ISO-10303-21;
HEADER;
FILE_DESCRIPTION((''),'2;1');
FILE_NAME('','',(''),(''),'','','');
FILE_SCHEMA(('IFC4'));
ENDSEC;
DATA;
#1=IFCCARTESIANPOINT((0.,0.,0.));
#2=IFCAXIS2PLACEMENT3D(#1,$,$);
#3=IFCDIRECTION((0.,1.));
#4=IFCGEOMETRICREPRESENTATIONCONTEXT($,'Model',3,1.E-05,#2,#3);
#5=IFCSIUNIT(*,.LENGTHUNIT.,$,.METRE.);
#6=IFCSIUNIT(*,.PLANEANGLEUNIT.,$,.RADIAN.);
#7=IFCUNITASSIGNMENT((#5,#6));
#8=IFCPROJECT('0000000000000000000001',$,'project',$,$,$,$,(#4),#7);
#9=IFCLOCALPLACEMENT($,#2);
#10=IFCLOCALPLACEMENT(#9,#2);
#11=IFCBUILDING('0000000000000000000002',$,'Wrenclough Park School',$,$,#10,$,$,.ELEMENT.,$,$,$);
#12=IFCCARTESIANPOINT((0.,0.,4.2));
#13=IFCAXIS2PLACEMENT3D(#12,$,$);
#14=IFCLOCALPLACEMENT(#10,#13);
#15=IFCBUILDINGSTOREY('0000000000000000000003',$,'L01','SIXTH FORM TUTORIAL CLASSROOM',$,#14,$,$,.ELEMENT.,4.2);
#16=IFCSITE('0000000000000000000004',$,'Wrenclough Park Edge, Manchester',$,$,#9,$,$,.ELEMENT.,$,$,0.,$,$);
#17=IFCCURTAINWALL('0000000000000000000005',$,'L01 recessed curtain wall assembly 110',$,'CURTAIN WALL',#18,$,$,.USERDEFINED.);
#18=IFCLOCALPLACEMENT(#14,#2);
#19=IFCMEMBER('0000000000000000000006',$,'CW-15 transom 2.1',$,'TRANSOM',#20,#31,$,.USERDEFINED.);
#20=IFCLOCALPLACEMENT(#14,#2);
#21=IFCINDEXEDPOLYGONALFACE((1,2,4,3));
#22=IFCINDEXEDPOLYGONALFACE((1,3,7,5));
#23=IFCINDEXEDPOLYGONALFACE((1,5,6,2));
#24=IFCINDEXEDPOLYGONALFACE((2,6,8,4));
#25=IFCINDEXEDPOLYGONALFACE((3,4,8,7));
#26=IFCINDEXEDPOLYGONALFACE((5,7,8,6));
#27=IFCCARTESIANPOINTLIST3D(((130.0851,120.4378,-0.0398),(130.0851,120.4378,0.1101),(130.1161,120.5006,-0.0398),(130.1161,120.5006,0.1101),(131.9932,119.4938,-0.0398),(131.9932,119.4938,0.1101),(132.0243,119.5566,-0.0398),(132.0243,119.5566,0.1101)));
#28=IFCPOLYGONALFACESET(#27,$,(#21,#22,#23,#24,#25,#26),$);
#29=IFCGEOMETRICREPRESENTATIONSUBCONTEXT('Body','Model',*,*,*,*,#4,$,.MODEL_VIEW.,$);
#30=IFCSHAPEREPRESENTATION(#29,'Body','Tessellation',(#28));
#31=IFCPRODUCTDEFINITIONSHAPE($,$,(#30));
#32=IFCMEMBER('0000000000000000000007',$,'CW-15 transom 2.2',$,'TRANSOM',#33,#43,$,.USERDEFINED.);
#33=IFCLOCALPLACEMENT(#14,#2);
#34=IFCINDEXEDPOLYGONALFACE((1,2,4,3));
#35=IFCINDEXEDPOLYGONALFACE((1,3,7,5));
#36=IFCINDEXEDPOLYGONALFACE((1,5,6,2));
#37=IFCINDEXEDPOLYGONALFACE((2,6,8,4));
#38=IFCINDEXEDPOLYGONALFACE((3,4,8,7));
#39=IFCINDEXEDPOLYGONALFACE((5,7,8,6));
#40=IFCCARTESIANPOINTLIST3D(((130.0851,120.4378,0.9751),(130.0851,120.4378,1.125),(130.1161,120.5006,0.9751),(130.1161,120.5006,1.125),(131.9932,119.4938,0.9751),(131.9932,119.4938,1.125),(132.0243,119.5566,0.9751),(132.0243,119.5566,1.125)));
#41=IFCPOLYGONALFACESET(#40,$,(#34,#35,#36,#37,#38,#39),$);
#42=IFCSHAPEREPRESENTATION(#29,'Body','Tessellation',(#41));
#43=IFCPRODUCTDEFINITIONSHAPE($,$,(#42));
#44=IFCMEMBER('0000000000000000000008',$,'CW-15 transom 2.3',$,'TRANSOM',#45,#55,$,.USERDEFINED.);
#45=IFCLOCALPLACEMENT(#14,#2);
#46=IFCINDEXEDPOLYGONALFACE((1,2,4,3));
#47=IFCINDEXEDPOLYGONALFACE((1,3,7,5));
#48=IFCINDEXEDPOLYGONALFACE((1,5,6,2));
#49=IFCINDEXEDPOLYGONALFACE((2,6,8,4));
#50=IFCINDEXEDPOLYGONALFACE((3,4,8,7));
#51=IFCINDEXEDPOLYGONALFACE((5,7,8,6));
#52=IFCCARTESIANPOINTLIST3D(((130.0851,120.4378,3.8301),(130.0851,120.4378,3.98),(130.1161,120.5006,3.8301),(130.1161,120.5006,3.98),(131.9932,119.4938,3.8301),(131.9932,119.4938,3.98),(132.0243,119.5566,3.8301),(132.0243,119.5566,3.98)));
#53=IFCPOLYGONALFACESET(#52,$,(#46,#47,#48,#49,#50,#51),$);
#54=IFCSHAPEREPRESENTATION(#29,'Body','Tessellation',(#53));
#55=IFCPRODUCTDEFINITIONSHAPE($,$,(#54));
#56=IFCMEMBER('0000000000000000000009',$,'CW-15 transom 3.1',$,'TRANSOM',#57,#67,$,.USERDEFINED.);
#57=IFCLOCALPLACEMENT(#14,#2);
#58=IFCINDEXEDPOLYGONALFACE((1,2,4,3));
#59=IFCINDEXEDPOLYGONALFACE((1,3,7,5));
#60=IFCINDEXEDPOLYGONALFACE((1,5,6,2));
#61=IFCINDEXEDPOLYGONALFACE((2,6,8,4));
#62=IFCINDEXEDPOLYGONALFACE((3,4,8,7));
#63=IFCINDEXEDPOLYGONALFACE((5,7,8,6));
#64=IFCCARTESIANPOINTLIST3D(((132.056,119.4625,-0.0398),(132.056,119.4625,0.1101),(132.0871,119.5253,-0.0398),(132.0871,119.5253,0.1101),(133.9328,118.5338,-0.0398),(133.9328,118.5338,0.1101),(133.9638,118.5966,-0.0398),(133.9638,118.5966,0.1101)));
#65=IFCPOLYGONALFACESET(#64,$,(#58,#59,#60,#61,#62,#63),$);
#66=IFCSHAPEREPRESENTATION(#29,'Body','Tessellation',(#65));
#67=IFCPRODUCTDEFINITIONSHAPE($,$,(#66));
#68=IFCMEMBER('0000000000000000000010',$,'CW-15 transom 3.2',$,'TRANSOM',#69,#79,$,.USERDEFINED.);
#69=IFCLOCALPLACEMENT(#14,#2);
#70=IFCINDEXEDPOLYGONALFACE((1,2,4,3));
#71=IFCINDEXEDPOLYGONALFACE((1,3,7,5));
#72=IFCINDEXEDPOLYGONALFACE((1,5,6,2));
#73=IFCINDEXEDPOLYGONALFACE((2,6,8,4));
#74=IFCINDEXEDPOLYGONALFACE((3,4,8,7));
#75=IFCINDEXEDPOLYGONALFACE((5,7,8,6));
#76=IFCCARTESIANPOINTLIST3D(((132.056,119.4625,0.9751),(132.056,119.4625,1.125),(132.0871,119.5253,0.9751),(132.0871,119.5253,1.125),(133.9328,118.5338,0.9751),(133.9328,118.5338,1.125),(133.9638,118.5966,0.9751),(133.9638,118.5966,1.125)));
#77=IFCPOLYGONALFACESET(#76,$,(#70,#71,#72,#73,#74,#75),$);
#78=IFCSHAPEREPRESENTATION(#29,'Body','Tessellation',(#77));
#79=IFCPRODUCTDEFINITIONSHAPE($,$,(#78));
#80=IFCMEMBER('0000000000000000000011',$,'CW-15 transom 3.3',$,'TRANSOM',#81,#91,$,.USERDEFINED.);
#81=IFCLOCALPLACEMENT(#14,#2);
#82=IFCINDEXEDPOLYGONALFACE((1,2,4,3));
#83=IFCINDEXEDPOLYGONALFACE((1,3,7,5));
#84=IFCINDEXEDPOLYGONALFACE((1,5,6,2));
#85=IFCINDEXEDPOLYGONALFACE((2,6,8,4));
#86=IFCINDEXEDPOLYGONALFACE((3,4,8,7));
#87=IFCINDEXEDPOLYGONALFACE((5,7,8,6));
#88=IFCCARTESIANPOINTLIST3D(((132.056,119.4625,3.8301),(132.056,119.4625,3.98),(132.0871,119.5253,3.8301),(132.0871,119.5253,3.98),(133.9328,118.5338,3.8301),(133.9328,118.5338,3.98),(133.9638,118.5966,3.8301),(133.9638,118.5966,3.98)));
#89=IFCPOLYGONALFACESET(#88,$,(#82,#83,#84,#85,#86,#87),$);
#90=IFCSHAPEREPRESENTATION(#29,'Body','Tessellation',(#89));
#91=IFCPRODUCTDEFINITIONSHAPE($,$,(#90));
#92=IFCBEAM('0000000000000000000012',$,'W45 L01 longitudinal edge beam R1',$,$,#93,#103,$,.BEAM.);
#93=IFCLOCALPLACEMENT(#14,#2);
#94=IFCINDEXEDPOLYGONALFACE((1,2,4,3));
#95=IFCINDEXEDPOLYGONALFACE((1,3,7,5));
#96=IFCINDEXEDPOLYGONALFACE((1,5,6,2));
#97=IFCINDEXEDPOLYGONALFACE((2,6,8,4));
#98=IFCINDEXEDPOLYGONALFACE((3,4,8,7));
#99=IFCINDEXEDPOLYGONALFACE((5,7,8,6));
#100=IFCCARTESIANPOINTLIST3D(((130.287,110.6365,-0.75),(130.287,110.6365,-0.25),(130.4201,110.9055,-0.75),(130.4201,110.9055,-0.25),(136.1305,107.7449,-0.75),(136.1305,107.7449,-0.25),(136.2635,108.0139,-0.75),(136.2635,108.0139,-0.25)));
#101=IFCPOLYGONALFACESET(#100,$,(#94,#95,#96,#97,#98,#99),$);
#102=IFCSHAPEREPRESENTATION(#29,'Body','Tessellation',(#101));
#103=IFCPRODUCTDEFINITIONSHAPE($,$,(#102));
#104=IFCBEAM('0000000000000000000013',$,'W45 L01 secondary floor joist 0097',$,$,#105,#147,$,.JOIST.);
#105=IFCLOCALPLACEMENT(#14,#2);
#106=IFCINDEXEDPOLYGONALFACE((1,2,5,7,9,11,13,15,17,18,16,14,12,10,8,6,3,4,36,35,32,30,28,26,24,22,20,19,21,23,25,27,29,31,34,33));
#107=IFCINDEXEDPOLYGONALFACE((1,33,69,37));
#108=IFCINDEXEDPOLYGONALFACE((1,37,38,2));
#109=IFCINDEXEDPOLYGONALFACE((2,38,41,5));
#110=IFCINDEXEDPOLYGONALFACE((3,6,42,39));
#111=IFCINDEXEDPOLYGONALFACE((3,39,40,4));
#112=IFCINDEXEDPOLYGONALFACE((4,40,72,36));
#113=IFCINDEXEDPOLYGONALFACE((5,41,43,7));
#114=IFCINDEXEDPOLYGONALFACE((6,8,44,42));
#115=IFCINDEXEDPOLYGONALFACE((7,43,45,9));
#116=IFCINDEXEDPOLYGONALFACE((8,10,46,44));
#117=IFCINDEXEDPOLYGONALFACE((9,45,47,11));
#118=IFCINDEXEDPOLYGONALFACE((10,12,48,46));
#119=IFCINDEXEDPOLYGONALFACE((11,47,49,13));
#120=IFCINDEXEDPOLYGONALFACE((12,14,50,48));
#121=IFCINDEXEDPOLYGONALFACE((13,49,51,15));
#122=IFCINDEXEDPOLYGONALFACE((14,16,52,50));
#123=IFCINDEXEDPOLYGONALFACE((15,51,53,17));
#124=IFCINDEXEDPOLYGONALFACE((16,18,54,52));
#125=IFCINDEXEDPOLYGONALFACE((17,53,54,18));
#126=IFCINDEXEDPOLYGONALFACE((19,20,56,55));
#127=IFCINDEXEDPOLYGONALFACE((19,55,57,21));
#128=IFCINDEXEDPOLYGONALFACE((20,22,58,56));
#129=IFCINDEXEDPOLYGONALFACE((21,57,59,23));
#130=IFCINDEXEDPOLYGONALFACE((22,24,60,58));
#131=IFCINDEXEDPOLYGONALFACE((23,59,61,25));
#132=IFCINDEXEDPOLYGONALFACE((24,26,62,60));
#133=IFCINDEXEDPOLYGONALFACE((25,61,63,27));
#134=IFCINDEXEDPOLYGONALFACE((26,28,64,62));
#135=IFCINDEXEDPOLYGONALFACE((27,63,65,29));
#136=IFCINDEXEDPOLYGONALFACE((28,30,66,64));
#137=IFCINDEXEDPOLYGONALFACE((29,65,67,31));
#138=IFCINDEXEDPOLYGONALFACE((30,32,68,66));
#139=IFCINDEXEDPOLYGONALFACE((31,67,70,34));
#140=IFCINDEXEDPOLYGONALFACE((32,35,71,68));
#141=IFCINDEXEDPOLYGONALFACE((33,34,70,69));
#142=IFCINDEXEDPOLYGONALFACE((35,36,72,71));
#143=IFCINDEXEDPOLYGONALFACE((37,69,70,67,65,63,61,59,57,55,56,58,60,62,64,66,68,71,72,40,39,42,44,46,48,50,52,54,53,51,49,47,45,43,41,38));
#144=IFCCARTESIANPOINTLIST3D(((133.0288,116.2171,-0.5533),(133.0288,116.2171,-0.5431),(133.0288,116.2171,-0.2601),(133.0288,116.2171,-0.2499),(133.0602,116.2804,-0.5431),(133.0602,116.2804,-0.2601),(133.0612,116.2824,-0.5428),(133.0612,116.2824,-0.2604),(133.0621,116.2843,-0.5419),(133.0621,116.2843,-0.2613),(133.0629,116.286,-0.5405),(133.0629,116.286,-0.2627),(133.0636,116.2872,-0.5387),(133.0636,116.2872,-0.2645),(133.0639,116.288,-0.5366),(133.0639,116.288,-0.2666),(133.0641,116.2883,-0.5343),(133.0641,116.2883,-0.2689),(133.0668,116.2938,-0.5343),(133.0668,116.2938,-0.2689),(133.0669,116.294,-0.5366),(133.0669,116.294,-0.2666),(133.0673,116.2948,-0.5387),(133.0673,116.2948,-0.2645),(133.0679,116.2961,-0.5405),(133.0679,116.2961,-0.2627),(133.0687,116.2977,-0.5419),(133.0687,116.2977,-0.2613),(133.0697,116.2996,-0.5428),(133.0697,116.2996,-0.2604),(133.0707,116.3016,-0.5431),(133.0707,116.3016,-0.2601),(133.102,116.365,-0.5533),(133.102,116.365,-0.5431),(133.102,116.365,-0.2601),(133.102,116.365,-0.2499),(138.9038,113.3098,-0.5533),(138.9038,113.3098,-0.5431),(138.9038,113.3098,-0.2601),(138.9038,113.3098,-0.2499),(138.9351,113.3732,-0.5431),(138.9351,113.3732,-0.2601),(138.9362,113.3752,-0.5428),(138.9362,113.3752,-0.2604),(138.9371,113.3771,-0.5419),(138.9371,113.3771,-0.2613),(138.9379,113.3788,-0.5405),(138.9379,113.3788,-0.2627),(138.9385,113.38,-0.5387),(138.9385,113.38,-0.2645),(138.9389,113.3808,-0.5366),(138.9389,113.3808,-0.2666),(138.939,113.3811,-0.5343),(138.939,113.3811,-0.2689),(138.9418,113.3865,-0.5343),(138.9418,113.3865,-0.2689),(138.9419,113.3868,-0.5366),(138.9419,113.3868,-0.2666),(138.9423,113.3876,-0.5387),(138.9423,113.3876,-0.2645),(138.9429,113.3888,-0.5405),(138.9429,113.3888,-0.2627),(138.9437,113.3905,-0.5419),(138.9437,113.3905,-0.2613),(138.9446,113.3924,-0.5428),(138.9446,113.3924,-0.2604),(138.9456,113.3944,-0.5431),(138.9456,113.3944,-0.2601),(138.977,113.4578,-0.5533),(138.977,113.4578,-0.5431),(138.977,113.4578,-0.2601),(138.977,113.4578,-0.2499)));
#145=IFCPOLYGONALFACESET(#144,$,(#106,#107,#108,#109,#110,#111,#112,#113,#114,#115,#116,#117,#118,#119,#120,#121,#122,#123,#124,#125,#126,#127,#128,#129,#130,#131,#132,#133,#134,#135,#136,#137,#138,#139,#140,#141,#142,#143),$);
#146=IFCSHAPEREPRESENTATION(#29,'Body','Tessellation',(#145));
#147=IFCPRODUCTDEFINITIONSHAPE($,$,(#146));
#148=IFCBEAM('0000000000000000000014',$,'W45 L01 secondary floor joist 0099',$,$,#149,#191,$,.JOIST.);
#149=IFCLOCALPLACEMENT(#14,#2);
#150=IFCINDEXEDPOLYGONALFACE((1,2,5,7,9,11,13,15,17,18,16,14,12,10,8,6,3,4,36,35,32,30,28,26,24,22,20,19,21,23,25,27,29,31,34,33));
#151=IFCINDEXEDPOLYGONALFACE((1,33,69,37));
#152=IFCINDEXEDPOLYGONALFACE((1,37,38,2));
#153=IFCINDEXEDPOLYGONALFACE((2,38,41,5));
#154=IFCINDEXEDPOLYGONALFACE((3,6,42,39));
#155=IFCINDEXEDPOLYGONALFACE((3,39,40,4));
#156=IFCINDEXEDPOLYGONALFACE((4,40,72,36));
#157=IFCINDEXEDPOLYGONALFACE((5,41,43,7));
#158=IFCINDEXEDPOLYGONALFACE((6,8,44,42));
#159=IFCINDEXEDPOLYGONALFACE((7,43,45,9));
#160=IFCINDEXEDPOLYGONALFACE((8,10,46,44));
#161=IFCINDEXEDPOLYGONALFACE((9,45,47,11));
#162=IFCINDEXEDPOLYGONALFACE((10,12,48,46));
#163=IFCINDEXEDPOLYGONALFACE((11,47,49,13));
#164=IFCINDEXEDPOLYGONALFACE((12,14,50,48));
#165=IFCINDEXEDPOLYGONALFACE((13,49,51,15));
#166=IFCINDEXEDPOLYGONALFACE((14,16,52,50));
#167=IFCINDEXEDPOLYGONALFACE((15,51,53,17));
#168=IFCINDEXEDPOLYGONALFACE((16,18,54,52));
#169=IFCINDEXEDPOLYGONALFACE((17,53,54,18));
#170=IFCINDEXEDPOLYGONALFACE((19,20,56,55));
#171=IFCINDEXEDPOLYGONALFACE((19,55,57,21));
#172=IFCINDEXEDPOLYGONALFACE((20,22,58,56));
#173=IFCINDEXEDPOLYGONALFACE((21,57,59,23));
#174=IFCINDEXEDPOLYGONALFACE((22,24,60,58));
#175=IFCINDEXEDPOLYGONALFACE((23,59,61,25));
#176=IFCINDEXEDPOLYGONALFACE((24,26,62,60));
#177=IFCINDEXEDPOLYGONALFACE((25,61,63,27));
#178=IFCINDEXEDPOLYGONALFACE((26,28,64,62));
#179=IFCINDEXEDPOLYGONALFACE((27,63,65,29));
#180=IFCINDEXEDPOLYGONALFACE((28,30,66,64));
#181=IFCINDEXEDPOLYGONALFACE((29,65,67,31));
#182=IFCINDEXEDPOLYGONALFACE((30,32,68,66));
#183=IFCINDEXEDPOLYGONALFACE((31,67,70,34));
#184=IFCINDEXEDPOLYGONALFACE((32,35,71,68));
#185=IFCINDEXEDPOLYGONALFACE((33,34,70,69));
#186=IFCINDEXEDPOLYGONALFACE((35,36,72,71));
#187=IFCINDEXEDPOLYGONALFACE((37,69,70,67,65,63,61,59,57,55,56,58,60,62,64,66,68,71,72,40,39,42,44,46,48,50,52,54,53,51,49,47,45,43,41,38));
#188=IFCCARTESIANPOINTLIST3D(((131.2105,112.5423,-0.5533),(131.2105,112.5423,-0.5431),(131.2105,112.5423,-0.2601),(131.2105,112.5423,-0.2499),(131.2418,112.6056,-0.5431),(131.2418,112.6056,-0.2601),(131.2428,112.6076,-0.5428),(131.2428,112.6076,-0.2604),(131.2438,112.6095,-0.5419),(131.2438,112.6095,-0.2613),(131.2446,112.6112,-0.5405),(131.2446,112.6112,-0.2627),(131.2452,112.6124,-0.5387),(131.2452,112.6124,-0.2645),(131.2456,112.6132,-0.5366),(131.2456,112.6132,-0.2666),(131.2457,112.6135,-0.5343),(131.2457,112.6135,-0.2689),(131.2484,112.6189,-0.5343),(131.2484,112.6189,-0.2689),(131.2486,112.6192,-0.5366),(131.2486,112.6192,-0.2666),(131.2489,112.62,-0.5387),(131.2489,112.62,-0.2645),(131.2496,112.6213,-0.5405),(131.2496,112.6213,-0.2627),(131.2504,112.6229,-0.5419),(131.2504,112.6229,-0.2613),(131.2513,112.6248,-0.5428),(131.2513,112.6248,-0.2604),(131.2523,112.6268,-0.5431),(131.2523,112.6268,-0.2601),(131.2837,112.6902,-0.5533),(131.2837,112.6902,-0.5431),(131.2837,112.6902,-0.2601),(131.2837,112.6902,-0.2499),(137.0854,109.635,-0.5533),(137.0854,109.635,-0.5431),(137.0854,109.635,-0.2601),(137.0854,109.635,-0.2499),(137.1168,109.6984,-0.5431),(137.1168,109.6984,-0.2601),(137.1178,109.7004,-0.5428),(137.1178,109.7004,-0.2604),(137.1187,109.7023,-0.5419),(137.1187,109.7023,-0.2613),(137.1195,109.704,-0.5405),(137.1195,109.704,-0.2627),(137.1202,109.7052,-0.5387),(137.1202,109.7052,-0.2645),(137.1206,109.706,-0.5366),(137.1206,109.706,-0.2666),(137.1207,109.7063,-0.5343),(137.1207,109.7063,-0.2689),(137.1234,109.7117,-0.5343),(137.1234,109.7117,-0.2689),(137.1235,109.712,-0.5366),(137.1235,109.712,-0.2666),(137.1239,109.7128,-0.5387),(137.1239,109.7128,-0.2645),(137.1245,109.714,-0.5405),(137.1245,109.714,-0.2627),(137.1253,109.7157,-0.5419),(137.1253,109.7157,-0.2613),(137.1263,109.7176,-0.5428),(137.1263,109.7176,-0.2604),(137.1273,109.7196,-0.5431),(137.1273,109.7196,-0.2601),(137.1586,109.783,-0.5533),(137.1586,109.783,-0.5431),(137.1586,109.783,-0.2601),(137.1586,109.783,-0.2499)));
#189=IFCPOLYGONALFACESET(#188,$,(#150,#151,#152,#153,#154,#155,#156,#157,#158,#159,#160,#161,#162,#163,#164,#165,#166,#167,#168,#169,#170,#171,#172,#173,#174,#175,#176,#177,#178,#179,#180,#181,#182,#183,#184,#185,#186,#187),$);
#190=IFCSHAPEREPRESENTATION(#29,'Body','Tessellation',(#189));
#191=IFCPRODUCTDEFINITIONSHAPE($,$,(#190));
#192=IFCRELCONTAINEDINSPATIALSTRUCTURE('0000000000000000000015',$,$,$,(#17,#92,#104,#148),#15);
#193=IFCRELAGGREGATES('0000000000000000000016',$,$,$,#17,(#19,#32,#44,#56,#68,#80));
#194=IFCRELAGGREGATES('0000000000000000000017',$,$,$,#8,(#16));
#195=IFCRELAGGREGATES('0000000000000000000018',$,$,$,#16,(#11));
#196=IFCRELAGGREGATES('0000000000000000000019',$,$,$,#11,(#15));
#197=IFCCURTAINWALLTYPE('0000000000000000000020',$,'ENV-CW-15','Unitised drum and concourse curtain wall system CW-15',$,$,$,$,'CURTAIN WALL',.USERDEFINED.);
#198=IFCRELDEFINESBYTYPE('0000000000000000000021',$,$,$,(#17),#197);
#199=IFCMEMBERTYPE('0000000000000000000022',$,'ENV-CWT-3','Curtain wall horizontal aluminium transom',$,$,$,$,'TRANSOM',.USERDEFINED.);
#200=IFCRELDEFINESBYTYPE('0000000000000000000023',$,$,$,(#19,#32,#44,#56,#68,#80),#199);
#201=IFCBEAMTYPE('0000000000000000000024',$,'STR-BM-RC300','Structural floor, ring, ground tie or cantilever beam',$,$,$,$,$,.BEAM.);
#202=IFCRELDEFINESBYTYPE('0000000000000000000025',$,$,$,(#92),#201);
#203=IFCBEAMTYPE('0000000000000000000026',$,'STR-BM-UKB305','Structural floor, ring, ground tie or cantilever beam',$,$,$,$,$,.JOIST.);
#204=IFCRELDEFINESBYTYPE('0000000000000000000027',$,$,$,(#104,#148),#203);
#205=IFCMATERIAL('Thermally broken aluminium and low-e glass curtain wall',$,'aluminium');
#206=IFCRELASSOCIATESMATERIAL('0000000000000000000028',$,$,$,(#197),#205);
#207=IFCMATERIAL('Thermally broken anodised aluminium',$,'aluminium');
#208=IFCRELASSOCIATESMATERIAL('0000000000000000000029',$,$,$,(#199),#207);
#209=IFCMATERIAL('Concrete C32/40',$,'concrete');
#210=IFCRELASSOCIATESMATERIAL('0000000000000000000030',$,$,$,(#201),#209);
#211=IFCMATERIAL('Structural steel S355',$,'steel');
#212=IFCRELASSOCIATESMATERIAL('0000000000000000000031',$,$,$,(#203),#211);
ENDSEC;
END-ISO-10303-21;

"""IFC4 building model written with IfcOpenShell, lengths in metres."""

from ifc_helpers import new_model, si_unit, direction, frame, origin, origin_2d, place, context, subcontext, project, spatial, rectangle, i_section, extrude, material, material_profile, profile_set, type_object, element, aggregate, save


model = new_model("IFC4")

# Units and contexts
model_context = context("Model", 3, precision=1e-05, world=origin(), true_north=direction((0.0, 1.0)))
body_context = subcontext(model_context, "Body", "Model", "MODEL_VIEW")
ifc_project = project(units=[si_unit("LENGTHUNIT", "METRE"), si_unit("PLANEANGLEUNIT", "RADIAN")], contexts=[model_context])

# Site, building, storey
site_placement = place(None, origin())
site = spatial("IfcSite", under=ifc_project, at=site_placement, Name="Wrenclough Park Edge, Manchester", CompositionType="ELEMENT", RefElevation=0.0)
building_placement = place(site_placement, origin())
building = spatial("IfcBuilding", under=site, at=building_placement, Name="Wrenclough Park School", CompositionType="ELEMENT")
storey_placement = place(building_placement, frame((0.0, 0.0, 4.2)))
storey = spatial("IfcBuildingStorey", under=building, at=storey_placement, Name="L01", Description="SIXTH FORM TUTORIAL CLASSROOM", CompositionType="ELEMENT", Elevation=4.2)

# Shared definitions
ifc_material_1 = material(Name="Structural steel S355", Category="steel")

# Shared definitions
ifc_material_2 = material(Name="Thermally broken aluminium and low-e glass curtain wall", Category="aluminium")
ifc_material_3 = material(Name="Thermally broken anodised aluminium", Category="aluminium")

# Curtain wall
curtain_wall_type_1 = type_object("IfcCurtainWallType", Name="ENV-CW-15", Description="Unitised drum and concourse curtain wall system CW-15", ElementType="CURTAIN WALL", PredefinedType="USERDEFINED", material=ifc_material_2)
curtain_wall_1_placement = place(storey_placement, origin())
curtain_wall_1 = element("IfcCurtainWall", 1, at=curtain_wall_1_placement, inside=storey, type_object=curtain_wall_type_1, Name="L01 recessed curtain wall assembly 110", ObjectType="CURTAIN WALL", PredefinedType="USERDEFINED")

# Members
ifc_material_profile_1 = material_profile(ifc_material_3, rectangle(XDim=0.0701, YDim=0.1499, at=origin_2d()), Name="AL TRANSOM 70x150")
ifc_profile_set_1 = profile_set([ifc_material_profile_1], Name="Thermally broken anodised aluminium")
member_type_1 = type_object("IfcMemberType", Name="ENV-CWT-3", Description="Curtain wall horizontal aluminium transom", ElementType="TRANSOM", PredefinedType="USERDEFINED", material=ifc_profile_set_1)
member_1_placement = place(storey_placement, frame((130.1006, 120.4692, 0.0352), z_axis=(0.8963, -0.443448, 0.0), x_axis=(0.443448, 0.8963, 0.0)))
member_1 = element("IfcMember", 2, at=member_1_placement, type_object=member_type_1, Name="CW-15 transom 2.1", ObjectType="TRANSOM", PredefinedType="USERDEFINED", context=body_context, shape_type="SweptSolid", body=[
    extrude(rectangle(XDim=0.0701, YDim=0.1499, at=origin_2d()), origin(), (0.0, 0.0, 1.0), 2.1289),
])
member_2_placement = place(storey_placement, frame((130.1006, 120.4692, 1.05), z_axis=(0.8963, -0.443448, 0.0), x_axis=(0.443448, 0.8963, 0.0)))
member_2 = element("IfcMember", 3, at=member_2_placement, type_object=member_type_1, Name="CW-15 transom 2.2", ObjectType="TRANSOM", PredefinedType="USERDEFINED", context=body_context, shape_type="SweptSolid", body=[
    extrude(rectangle(XDim=0.0701, YDim=0.1499, at=origin_2d()), origin(), (0.0, 0.0, 1.0), 2.1289),
])
member_3_placement = place(storey_placement, frame((130.1006, 120.4692, 3.905), z_axis=(0.8963, -0.443448, 0.0), x_axis=(0.443448, 0.8963, 0.0)))
member_3 = element("IfcMember", 4, at=member_3_placement, type_object=member_type_1, Name="CW-15 transom 2.3", ObjectType="TRANSOM", PredefinedType="USERDEFINED", context=body_context, shape_type="SweptSolid", body=[
    extrude(rectangle(XDim=0.0701, YDim=0.1499, at=origin_2d()), origin(), (0.0, 0.0, 1.0), 2.1289),
])
member_4_placement = place(storey_placement, frame((132.0715, 119.4939, 0.0352), z_axis=(0.896262, -0.443525, 0.0), x_axis=(0.443525, 0.896262, 0.0)))
member_4 = element("IfcMember", 5, at=member_4_placement, type_object=member_type_1, Name="CW-15 transom 3.1", ObjectType="TRANSOM", PredefinedType="USERDEFINED", context=body_context, shape_type="SweptSolid", body=[
    extrude(rectangle(XDim=0.0701, YDim=0.1499, at=origin_2d()), origin(), (0.0, 0.0, 1.0), 2.094),
])
member_5_placement = place(storey_placement, frame((132.0715, 119.4939, 1.05), z_axis=(0.896262, -0.443525, 0.0), x_axis=(0.443525, 0.896262, 0.0)))
member_5 = element("IfcMember", 6, at=member_5_placement, type_object=member_type_1, Name="CW-15 transom 3.2", ObjectType="TRANSOM", PredefinedType="USERDEFINED", context=body_context, shape_type="SweptSolid", body=[
    extrude(rectangle(XDim=0.0701, YDim=0.1499, at=origin_2d()), origin(), (0.0, 0.0, 1.0), 2.094),
])
member_6_placement = place(storey_placement, frame((132.0715, 119.4939, 3.905), z_axis=(0.896262, -0.443525, 0.0), x_axis=(0.443525, 0.896262, 0.0)))
member_6 = element("IfcMember", 7, at=member_6_placement, type_object=member_type_1, Name="CW-15 transom 3.3", ObjectType="TRANSOM", PredefinedType="USERDEFINED", context=body_context, shape_type="SweptSolid", body=[
    extrude(rectangle(XDim=0.0701, YDim=0.1499, at=origin_2d()), origin(), (0.0, 0.0, 1.0), 2.094),
])

# Beams
ifc_material_4 = material(Name="Concrete C32/40", Category="concrete")
ifc_material_profile_2 = material_profile(ifc_material_4, rectangle(XDim=0.3, YDim=0.5, at=origin_2d()), Name="RC BEAM 300x500")
ifc_profile_set_2 = profile_set([ifc_material_profile_2], Name="Concrete C32/40")
beam_type_1 = type_object("IfcBeamType", Name="STR-BM-RC300", Description="Structural floor, ring, ground tie or cantilever beam", PredefinedType="BEAM", material=ifc_profile_set_2)
beam_1_placement = place(storey_placement, frame((130.3535, 110.771, -0.5), z_axis=(0.896269, -0.44351, 0.0), x_axis=(0.44351, 0.896269, 0.0)))
element("IfcBeam", 8, at=beam_1_placement, inside=storey, type_object=beam_type_1, Name="W45 L01 longitudinal edge beam R1", PredefinedType="BEAM", context=body_context, shape_type="SweptSolid", body=[
    extrude(rectangle(XDim=0.3, YDim=0.5, at=origin_2d()), origin(), (0.0, 0.0, 1.0), 6.5198),
])
ifc_material_profile_3 = material_profile(ifc_material_1, i_section(OverallWidth=0.165, OverallDepth=0.3035, WebThickness=0.0061, FlangeThickness=0.0103, FilletRadius=0.0088, at=origin_2d()), Name="UKB 305x165x40")
ifc_profile_set_3 = profile_set([ifc_material_profile_3], Name="Structural steel S355")
beam_type_2 = type_object("IfcBeamType", Name="STR-BM-UKB305", Description="Structural floor, ring, ground tie or cantilever beam", PredefinedType="JOIST", material=ifc_profile_set_3)
for number, where, z_axis, x_axis, name in (
    (9, (133.0654, 116.291, -0.4016), (0.896267, -0.443515, 0.0), (0.443515, 0.896267, 0.0), "W45 L01 secondary floor joist 0097"),
    (10, (131.2471, 112.6162, -0.4016), (0.896267, -0.443515, 0.0), (0.443515, 0.896267, 0.0), "W45 L01 secondary floor joist 0099"),
):
    element("IfcBeam", number, at=place(storey_placement, frame(where, z_axis=z_axis, x_axis=x_axis)), inside=storey, type_object=beam_type_2, Name=name, PredefinedType="JOIST", context=body_context, shape_type="SweptSolid", body=[
        extrude(i_section(OverallWidth=0.165, OverallDepth=0.3035, WebThickness=0.0061, FlangeThickness=0.0103, FilletRadius=0.0088, at=origin_2d()), origin(), (0.0, 0.0, 1.0), 6.5549),
    ])

aggregate(curtain_wall_1, [member_1, member_2, member_3, member_4, member_5, member_6])

save(model, "model.ifc")
